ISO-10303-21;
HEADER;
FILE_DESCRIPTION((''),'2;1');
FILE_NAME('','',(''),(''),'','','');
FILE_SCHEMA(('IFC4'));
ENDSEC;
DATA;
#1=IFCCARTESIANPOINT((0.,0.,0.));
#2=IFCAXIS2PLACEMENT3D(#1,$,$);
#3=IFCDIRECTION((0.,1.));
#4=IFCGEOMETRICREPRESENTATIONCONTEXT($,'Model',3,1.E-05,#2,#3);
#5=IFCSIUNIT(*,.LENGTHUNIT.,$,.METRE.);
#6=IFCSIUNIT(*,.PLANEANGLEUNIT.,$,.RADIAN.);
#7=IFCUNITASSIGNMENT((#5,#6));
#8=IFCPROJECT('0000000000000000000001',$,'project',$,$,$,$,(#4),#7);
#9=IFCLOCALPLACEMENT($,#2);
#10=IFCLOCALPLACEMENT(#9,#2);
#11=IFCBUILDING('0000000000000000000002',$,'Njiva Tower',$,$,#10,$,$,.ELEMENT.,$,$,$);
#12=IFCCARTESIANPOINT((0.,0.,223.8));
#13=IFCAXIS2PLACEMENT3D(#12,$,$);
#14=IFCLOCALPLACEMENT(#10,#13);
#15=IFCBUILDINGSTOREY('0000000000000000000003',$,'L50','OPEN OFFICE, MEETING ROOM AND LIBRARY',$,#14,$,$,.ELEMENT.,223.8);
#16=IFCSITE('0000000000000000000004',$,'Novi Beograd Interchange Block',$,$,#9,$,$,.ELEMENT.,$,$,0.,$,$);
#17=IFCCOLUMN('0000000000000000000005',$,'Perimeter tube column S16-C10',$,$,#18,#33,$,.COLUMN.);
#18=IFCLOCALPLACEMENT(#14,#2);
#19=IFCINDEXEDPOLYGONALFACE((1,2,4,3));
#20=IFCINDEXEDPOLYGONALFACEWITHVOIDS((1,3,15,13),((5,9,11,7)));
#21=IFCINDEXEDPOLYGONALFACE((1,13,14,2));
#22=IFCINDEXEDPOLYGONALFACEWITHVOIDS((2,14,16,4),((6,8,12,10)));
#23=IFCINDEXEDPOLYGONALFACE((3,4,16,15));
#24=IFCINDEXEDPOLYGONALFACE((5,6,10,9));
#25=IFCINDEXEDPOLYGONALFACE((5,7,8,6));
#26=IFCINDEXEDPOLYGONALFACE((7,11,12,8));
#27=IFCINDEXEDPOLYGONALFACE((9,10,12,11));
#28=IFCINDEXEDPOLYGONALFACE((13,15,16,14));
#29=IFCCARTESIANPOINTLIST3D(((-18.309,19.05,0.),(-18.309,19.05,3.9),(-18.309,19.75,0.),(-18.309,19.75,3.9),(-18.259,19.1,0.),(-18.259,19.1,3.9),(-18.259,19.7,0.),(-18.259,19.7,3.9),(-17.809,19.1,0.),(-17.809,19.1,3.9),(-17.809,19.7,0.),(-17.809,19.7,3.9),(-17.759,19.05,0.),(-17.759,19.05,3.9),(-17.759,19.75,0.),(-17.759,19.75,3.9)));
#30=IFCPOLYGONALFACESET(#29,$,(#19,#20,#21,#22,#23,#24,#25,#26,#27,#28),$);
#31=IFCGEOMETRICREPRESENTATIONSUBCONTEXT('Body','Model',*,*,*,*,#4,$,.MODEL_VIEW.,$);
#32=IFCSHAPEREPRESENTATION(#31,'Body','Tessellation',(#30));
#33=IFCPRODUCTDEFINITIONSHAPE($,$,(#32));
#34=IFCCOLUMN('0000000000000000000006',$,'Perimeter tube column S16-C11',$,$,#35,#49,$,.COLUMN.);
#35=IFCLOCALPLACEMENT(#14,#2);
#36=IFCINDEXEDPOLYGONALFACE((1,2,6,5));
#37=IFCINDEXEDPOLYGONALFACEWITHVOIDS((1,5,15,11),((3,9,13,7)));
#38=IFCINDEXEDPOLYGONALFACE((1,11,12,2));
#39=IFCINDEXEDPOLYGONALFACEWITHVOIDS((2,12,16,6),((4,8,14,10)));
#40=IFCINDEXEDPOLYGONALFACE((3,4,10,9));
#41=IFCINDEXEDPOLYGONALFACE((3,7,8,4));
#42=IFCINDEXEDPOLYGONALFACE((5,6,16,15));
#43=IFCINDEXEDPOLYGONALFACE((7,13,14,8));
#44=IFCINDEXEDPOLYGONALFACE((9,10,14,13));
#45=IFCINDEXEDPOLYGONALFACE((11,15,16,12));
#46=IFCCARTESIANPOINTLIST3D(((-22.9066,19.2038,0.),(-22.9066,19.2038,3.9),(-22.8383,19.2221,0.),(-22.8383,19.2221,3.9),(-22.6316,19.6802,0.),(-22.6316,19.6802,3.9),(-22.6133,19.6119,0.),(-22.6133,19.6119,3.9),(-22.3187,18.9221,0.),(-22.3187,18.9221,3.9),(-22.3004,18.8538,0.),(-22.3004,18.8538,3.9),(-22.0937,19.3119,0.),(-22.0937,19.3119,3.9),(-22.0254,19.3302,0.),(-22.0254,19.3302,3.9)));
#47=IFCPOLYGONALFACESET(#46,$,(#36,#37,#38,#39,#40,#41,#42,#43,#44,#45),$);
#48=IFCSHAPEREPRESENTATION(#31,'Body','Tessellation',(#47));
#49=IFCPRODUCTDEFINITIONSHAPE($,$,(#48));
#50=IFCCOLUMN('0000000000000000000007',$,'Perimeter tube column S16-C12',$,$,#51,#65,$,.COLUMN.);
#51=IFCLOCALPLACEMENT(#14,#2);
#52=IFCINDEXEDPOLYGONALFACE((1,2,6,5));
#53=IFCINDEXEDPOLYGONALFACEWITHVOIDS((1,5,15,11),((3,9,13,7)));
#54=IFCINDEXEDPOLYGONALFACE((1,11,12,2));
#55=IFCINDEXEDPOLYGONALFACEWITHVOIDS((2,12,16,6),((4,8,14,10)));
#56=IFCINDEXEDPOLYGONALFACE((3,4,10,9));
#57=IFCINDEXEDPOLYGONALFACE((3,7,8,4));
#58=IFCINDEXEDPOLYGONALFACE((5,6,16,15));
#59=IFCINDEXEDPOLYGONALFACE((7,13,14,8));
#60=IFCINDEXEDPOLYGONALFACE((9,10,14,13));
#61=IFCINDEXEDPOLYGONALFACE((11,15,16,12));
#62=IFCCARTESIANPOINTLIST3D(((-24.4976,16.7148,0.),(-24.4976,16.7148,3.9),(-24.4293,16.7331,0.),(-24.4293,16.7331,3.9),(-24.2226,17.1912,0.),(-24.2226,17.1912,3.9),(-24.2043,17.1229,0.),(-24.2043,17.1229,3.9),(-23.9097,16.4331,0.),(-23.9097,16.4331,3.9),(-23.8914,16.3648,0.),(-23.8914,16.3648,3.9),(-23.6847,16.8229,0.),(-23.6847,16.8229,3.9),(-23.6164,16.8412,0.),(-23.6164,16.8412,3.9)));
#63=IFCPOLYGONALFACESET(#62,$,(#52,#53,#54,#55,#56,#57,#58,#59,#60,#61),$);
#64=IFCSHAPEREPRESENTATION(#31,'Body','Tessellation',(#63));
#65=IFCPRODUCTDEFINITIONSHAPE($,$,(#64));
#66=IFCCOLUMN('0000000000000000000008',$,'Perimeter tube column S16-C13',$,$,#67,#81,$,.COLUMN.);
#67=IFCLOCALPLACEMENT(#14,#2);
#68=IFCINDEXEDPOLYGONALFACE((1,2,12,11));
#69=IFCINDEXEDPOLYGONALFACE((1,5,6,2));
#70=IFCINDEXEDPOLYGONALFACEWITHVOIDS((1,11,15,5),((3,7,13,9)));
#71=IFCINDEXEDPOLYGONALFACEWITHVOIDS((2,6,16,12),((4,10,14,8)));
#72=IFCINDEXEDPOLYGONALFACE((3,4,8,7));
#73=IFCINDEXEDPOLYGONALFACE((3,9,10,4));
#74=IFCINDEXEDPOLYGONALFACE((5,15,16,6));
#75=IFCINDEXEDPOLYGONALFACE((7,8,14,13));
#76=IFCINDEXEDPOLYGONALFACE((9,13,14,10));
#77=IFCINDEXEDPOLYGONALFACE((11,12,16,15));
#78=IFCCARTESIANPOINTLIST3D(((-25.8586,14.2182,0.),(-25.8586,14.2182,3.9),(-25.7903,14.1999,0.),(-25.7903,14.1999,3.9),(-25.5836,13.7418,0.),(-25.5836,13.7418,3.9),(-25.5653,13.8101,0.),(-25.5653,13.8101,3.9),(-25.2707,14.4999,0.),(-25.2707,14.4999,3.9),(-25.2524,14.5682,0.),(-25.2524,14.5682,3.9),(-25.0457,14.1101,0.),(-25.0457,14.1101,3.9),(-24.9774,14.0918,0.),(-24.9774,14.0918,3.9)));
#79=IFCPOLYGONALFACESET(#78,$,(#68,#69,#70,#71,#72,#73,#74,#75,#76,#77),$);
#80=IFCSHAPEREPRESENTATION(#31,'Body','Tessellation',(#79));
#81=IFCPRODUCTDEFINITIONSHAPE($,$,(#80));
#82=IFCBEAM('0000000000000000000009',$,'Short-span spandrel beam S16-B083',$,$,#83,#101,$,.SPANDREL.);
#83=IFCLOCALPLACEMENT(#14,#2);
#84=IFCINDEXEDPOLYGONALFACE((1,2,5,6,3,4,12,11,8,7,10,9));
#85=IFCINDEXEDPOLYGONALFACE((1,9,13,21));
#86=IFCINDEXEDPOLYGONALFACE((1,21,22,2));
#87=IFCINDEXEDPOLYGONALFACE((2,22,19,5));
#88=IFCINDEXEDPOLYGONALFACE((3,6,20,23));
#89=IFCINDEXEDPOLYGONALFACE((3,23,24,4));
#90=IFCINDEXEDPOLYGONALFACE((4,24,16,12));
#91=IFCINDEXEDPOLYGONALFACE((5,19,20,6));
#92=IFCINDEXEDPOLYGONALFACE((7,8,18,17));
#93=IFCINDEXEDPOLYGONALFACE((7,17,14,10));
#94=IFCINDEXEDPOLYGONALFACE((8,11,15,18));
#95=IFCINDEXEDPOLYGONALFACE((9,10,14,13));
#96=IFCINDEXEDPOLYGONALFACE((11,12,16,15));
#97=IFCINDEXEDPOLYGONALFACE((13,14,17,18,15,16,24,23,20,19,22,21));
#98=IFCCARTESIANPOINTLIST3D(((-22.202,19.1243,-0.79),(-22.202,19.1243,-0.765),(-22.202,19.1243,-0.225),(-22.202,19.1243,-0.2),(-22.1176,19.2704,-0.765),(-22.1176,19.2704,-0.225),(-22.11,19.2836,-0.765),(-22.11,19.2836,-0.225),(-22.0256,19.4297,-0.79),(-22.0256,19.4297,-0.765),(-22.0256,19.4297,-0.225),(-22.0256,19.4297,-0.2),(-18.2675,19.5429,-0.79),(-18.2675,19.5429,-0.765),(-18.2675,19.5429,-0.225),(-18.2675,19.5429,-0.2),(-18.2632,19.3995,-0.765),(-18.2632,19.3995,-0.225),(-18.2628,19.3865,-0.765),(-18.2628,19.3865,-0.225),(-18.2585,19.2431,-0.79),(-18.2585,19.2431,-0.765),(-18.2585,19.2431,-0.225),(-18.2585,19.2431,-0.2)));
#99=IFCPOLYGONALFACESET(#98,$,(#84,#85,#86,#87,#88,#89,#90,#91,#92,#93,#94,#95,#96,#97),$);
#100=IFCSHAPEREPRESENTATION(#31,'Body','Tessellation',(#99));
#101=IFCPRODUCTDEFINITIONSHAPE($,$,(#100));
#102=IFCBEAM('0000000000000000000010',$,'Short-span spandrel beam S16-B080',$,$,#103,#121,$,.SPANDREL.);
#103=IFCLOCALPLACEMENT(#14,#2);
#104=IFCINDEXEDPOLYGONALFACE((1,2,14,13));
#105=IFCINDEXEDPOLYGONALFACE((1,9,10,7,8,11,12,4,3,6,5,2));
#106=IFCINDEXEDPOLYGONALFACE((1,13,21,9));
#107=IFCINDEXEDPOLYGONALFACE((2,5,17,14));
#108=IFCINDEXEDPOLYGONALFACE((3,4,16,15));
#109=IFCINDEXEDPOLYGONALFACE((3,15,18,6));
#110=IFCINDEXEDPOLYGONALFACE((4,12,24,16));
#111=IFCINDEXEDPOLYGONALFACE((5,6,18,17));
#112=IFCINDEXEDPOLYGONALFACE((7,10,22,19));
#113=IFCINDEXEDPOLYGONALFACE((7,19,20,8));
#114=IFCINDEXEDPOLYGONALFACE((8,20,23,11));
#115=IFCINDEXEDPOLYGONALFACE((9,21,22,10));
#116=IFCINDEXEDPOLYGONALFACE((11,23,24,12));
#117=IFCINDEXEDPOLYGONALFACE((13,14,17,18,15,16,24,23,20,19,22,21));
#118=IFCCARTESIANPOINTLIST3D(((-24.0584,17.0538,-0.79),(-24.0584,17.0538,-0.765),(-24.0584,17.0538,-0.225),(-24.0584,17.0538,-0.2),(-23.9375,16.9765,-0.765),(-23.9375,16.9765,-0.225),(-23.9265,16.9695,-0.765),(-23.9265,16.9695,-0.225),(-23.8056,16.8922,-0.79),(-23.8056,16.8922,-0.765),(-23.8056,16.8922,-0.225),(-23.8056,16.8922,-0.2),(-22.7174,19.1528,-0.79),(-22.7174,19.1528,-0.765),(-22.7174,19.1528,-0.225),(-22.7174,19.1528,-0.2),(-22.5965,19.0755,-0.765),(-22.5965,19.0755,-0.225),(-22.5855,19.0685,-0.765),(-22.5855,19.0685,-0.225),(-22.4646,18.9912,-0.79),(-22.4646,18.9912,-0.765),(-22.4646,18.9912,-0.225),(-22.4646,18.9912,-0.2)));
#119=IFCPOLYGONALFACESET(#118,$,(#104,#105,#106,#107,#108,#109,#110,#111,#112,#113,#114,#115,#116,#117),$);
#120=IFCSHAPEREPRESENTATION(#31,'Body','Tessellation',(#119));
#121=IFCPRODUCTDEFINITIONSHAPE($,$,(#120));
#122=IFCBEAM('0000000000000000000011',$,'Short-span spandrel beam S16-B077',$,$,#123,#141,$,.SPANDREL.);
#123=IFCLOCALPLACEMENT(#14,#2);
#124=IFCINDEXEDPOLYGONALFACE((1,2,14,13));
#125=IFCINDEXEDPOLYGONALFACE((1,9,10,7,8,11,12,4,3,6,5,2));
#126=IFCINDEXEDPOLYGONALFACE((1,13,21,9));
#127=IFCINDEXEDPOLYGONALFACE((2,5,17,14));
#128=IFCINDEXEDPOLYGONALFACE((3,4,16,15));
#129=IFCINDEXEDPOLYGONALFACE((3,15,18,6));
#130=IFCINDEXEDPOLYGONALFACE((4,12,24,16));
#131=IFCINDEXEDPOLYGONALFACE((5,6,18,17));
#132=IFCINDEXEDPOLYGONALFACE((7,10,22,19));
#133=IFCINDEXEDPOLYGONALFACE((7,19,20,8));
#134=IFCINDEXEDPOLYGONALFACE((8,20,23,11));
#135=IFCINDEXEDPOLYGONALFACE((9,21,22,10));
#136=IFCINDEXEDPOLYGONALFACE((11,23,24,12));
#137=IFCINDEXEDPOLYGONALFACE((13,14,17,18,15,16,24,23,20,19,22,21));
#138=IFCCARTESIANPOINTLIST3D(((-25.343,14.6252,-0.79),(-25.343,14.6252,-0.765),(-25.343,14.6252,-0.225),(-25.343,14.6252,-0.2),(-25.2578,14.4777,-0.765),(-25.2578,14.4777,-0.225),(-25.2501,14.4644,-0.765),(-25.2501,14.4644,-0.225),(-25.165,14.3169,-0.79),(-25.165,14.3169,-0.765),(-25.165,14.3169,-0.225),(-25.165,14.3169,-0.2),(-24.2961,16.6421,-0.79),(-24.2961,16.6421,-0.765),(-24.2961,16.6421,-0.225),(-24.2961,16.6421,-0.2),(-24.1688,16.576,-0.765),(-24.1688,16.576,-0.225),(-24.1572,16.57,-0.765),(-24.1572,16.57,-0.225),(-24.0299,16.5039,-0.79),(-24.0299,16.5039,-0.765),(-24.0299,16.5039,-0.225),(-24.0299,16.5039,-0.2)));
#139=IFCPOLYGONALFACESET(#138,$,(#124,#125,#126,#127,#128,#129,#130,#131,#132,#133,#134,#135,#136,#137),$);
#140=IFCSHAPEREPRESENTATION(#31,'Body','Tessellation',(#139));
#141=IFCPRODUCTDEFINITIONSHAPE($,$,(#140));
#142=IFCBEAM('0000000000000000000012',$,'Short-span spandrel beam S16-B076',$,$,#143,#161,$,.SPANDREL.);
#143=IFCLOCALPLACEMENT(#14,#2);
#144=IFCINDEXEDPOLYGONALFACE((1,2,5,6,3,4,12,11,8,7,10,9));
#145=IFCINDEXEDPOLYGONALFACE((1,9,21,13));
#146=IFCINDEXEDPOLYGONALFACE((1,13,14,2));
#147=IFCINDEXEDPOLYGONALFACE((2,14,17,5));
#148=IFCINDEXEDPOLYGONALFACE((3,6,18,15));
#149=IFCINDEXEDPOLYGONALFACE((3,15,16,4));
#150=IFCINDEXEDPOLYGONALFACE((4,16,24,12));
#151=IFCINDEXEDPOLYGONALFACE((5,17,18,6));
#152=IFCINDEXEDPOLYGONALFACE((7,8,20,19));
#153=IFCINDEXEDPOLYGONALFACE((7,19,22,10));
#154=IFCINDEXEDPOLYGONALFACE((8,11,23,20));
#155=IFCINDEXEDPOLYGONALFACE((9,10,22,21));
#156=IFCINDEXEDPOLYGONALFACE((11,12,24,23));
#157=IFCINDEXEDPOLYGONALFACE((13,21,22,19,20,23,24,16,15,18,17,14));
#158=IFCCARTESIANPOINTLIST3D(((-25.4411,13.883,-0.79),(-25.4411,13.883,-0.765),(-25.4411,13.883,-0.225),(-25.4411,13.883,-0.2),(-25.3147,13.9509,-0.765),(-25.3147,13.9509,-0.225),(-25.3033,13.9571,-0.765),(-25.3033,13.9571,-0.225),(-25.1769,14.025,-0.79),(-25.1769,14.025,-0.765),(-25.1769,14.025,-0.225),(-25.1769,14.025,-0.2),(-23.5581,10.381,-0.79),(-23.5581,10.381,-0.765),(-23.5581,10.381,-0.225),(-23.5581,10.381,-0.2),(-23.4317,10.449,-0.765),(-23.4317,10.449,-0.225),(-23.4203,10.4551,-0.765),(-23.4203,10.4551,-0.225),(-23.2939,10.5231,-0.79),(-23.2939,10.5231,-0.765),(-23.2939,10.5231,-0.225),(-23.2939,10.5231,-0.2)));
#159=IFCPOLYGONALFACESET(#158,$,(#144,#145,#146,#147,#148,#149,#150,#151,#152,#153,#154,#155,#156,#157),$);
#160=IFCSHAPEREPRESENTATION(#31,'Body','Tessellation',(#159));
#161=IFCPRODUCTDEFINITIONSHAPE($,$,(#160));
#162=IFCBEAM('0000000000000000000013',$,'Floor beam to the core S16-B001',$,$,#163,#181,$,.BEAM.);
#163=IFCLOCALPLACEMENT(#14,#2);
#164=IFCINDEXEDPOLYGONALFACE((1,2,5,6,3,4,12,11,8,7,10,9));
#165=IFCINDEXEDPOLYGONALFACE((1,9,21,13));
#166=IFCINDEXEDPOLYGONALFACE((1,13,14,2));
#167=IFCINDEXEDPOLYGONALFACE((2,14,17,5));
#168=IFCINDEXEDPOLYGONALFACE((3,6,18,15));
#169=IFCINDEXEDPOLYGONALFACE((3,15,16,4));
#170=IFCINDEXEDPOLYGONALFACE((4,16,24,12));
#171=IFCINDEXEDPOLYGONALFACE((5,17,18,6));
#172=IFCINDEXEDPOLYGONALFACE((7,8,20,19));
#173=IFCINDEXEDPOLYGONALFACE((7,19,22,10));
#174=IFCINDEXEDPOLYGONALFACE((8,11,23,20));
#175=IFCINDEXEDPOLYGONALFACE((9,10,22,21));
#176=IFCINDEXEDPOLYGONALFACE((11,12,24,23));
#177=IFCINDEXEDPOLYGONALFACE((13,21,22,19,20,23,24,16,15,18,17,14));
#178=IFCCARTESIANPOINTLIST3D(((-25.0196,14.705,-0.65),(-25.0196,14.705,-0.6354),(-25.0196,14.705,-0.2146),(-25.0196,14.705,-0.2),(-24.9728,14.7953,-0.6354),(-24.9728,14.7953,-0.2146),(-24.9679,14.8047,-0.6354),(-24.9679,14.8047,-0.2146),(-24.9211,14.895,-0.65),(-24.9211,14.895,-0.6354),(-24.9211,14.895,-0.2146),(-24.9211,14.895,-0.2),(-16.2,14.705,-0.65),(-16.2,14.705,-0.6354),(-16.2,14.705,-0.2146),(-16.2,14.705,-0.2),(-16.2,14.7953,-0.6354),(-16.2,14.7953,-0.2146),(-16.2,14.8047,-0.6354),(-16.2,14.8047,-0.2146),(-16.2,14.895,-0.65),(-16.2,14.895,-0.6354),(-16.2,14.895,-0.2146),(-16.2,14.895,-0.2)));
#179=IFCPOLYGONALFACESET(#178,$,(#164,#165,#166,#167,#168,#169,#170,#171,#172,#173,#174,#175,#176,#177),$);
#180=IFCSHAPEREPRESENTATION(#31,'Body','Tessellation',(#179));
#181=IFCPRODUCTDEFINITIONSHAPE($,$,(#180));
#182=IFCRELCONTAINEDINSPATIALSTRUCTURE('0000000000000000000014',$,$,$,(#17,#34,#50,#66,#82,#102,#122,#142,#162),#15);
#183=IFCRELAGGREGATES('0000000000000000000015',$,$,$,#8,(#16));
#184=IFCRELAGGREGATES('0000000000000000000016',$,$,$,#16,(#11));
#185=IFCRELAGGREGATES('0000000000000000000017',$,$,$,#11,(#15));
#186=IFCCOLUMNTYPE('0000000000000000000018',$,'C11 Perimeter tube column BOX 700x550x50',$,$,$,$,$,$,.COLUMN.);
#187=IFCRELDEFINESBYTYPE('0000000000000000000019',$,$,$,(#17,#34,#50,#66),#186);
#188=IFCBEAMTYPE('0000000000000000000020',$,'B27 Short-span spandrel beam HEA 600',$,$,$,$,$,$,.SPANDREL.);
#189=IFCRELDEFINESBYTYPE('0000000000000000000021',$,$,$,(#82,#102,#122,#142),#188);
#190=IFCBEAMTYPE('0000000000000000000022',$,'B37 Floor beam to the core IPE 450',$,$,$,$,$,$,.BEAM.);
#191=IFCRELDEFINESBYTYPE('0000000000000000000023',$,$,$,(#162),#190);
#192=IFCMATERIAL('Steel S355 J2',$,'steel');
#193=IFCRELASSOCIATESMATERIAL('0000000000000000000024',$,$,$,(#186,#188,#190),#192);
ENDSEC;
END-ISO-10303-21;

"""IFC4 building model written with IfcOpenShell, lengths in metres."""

from ifc_helpers import new_model, si_unit, direction, frame, origin, origin_2d, place, context, subcontext, project, spatial, hollow_rectangle, i_section, extrude, clip, halfspace, material, material_profile, profile_set, type_object, element, save


model = new_model("IFC4")

# Units and contexts
model_context = context("Model", 3, precision=1e-05, world=origin(), true_north=direction((0.0, 1.0)))
body_context = subcontext(model_context, "Body", "Model", "MODEL_VIEW")
ifc_project = project(units=[si_unit("LENGTHUNIT", "METRE"), si_unit("PLANEANGLEUNIT", "RADIAN")], contexts=[model_context])

# Site, building, storey
site_placement = place(None, origin())
site = spatial("IfcSite", under=ifc_project, at=site_placement, Name="Novi Beograd Interchange Block", CompositionType="ELEMENT", RefElevation=0.0)
building_placement = place(site_placement, origin())
building = spatial("IfcBuilding", under=site, at=building_placement, Name="Njiva Tower", CompositionType="ELEMENT")
storey_placement = place(building_placement, frame((0.0, 0.0, 223.8)))
storey = spatial("IfcBuildingStorey", under=building, at=storey_placement, Name="L50", Description="OPEN OFFICE, MEETING ROOM AND LIBRARY", CompositionType="ELEMENT", Elevation=223.8)

# Columns
ifc_material_1 = material(Name="Steel S355 J2", Category="steel")
ifc_material_profile_1 = material_profile(ifc_material_1, hollow_rectangle(XDim=0.55, YDim=0.7, WallThickness=0.05, at=origin_2d()), Name="BOX 700x550x50")
ifc_profile_set_1 = profile_set([ifc_material_profile_1], Name="Steel S355 J2")
column_type = type_object("IfcColumnType", Name="C11 Perimeter tube column BOX 700x550x50", PredefinedType="COLUMN", material=ifc_profile_set_1)
for number, where, z_axis, x_axis, name in (
    (1, (-18.034, 19.4, 0.0), (0.0, 0.0, 1.0), (-1.0, 0.0, 0.0), "Perimeter tube column S16-C10"),
    (2, (-22.466, 19.267, 0.0), (0.0, 0.0, 1.0), (-0.5, -0.866025, 0.0), "Perimeter tube column S16-C11"),
    (3, (-24.057, 16.778, 0.0), (0.0, 0.0, 1.0), (-0.5, -0.866025, 0.0), "Perimeter tube column S16-C12"),
    (4, (-25.418, 14.155, 0.0), (0.0, 0.0, 1.0), (0.5, -0.866025, 0.0), "Perimeter tube column S16-C13"),
):
    element("IfcColumn", number, at=place(storey_placement, frame(where, z_axis=z_axis, x_axis=x_axis)), inside=storey, type_object=column_type, Name=name, PredefinedType="COLUMN", context=body_context, shape_type="SweptSolid", body=[
        extrude(hollow_rectangle(XDim=0.55, YDim=0.7, WallThickness=0.05, at=origin_2d()), origin(), (0.0, 0.0, 1.0), 3.9),
    ])

# Beams
ifc_material_profile_2 = material_profile(ifc_material_1, i_section(OverallWidth=0.3, OverallDepth=0.59, WebThickness=0.013, FlangeThickness=0.025, at=origin_2d()), Name="HEA 600")
ifc_profile_set_2 = profile_set([ifc_material_profile_2], Name="Steel S355 J2")
beam_type_1 = type_object("IfcBeamType", Name="B27 Short-span spandrel beam HEA 600", PredefinedType="SPANDREL", material=ifc_profile_set_2)
beam_1_placement = place(storey_placement, frame((-18.263, 19.393, -0.495), z_axis=(-0.999547, -0.030108, 0.0), x_axis=(0.030108, -0.999547, 0.0)))
element("IfcBeam", 5, at=beam_1_placement, inside=storey, type_object=beam_type_1, Name="Short-span spandrel beam S16-B083", PredefinedType="SPANDREL", context=body_context, shape_type="Clipping", body=[
    clip(extrude(i_section(OverallWidth=0.3, OverallDepth=0.59, WebThickness=0.013, FlangeThickness=0.025, at=origin_2d()), origin(), (0.0, 0.0, 1.0), 3.9657), halfspace(frame((-0.0268, 0.0, 3.836), z_axis=(-0.525846, 0.0, 0.85058), x_axis=(0.0, 1.0, 0.0)), False)),
])
beam_2_placement = place(storey_placement, frame((-22.591, 19.072, -0.495), z_axis=(-0.538381, -0.842701, 0.0), x_axis=(0.842701, -0.538381, 0.0)))
element("IfcBeam", 6, at=beam_2_placement, inside=storey, type_object=beam_type_1, Name="Short-span spandrel beam S16-B080", PredefinedType="SPANDREL", context=body_context, shape_type="SweptSolid", body=[
    extrude(i_section(OverallWidth=0.3, OverallDepth=0.59, WebThickness=0.013, FlangeThickness=0.025, at=origin_2d()), origin(), (0.0, 0.0, 1.0), 2.4908),
])
beam_3_placement = place(storey_placement, frame((-24.163, 16.573, -0.495), z_axis=(-0.460675, -0.887569, 0.0), x_axis=(0.887569, -0.460675, 0.0)))
element("IfcBeam", 7, at=beam_3_placement, inside=storey, type_object=beam_type_1, Name="Short-span spandrel beam S16-B077", PredefinedType="SPANDREL", context=body_context, shape_type="Clipping", body=[
    clip(extrude(i_section(OverallWidth=0.3, OverallDepth=0.59, WebThickness=0.013, FlangeThickness=0.025, at=origin_2d()), origin(), (0.0, 0.0, 1.0), 2.4843), halfspace(frame((-0.0266, 0.0, 2.3512), z_axis=(-0.538322, 0.0, 0.842739), x_axis=(0.0, 1.0, 0.0)), False)),
])
beam_4_placement = place(storey_placement, frame((-25.309, 13.954, -0.495), z_axis=(0.473575, -0.880754, 0.0), x_axis=(0.880754, 0.473575, 0.0)))
element("IfcBeam", 8, at=beam_4_placement, inside=storey, type_object=beam_type_1, Name="Short-span spandrel beam S16-B076", PredefinedType="SPANDREL", context=body_context, shape_type="SweptSolid", body=[
    extrude(i_section(OverallWidth=0.3, OverallDepth=0.59, WebThickness=0.013, FlangeThickness=0.025, at=origin_2d()), origin(), (0.0, 0.0, 1.0), 3.9761),
])
ifc_material_profile_3 = material_profile(ifc_material_1, i_section(OverallWidth=0.19, OverallDepth=0.45, WebThickness=0.0094, FlangeThickness=0.0146, at=origin_2d()), Name="IPE 450")
ifc_profile_set_3 = profile_set([ifc_material_profile_3], Name="Steel S355 J2")
beam_type_2 = type_object("IfcBeamType", Name="B37 Floor beam to the core IPE 450", PredefinedType="BEAM", material=ifc_profile_set_3)
beam_5_placement = place(storey_placement, frame((-25.039, 14.8, -0.425), z_axis=(1.0, 0.0, 0.0), x_axis=(0.0, 1.0, 0.0)))
element("IfcBeam", 9, at=beam_5_placement, inside=storey, type_object=beam_type_2, Name="Floor beam to the core S16-B001", PredefinedType="BEAM", context=body_context, shape_type="Clipping", body=[
    clip(extrude(i_section(OverallWidth=0.19, OverallDepth=0.45, WebThickness=0.0094, FlangeThickness=0.0146, at=origin_2d()), origin(), (0.0, 0.0, 1.0), 8.839), halfspace(frame((0.023, 0.0, 0.0806), z_axis=(0.460472, 0.0, -0.887674), x_axis=(0.0, -1.0, 0.0)), False)),
])

save(model, "model.ifc")
